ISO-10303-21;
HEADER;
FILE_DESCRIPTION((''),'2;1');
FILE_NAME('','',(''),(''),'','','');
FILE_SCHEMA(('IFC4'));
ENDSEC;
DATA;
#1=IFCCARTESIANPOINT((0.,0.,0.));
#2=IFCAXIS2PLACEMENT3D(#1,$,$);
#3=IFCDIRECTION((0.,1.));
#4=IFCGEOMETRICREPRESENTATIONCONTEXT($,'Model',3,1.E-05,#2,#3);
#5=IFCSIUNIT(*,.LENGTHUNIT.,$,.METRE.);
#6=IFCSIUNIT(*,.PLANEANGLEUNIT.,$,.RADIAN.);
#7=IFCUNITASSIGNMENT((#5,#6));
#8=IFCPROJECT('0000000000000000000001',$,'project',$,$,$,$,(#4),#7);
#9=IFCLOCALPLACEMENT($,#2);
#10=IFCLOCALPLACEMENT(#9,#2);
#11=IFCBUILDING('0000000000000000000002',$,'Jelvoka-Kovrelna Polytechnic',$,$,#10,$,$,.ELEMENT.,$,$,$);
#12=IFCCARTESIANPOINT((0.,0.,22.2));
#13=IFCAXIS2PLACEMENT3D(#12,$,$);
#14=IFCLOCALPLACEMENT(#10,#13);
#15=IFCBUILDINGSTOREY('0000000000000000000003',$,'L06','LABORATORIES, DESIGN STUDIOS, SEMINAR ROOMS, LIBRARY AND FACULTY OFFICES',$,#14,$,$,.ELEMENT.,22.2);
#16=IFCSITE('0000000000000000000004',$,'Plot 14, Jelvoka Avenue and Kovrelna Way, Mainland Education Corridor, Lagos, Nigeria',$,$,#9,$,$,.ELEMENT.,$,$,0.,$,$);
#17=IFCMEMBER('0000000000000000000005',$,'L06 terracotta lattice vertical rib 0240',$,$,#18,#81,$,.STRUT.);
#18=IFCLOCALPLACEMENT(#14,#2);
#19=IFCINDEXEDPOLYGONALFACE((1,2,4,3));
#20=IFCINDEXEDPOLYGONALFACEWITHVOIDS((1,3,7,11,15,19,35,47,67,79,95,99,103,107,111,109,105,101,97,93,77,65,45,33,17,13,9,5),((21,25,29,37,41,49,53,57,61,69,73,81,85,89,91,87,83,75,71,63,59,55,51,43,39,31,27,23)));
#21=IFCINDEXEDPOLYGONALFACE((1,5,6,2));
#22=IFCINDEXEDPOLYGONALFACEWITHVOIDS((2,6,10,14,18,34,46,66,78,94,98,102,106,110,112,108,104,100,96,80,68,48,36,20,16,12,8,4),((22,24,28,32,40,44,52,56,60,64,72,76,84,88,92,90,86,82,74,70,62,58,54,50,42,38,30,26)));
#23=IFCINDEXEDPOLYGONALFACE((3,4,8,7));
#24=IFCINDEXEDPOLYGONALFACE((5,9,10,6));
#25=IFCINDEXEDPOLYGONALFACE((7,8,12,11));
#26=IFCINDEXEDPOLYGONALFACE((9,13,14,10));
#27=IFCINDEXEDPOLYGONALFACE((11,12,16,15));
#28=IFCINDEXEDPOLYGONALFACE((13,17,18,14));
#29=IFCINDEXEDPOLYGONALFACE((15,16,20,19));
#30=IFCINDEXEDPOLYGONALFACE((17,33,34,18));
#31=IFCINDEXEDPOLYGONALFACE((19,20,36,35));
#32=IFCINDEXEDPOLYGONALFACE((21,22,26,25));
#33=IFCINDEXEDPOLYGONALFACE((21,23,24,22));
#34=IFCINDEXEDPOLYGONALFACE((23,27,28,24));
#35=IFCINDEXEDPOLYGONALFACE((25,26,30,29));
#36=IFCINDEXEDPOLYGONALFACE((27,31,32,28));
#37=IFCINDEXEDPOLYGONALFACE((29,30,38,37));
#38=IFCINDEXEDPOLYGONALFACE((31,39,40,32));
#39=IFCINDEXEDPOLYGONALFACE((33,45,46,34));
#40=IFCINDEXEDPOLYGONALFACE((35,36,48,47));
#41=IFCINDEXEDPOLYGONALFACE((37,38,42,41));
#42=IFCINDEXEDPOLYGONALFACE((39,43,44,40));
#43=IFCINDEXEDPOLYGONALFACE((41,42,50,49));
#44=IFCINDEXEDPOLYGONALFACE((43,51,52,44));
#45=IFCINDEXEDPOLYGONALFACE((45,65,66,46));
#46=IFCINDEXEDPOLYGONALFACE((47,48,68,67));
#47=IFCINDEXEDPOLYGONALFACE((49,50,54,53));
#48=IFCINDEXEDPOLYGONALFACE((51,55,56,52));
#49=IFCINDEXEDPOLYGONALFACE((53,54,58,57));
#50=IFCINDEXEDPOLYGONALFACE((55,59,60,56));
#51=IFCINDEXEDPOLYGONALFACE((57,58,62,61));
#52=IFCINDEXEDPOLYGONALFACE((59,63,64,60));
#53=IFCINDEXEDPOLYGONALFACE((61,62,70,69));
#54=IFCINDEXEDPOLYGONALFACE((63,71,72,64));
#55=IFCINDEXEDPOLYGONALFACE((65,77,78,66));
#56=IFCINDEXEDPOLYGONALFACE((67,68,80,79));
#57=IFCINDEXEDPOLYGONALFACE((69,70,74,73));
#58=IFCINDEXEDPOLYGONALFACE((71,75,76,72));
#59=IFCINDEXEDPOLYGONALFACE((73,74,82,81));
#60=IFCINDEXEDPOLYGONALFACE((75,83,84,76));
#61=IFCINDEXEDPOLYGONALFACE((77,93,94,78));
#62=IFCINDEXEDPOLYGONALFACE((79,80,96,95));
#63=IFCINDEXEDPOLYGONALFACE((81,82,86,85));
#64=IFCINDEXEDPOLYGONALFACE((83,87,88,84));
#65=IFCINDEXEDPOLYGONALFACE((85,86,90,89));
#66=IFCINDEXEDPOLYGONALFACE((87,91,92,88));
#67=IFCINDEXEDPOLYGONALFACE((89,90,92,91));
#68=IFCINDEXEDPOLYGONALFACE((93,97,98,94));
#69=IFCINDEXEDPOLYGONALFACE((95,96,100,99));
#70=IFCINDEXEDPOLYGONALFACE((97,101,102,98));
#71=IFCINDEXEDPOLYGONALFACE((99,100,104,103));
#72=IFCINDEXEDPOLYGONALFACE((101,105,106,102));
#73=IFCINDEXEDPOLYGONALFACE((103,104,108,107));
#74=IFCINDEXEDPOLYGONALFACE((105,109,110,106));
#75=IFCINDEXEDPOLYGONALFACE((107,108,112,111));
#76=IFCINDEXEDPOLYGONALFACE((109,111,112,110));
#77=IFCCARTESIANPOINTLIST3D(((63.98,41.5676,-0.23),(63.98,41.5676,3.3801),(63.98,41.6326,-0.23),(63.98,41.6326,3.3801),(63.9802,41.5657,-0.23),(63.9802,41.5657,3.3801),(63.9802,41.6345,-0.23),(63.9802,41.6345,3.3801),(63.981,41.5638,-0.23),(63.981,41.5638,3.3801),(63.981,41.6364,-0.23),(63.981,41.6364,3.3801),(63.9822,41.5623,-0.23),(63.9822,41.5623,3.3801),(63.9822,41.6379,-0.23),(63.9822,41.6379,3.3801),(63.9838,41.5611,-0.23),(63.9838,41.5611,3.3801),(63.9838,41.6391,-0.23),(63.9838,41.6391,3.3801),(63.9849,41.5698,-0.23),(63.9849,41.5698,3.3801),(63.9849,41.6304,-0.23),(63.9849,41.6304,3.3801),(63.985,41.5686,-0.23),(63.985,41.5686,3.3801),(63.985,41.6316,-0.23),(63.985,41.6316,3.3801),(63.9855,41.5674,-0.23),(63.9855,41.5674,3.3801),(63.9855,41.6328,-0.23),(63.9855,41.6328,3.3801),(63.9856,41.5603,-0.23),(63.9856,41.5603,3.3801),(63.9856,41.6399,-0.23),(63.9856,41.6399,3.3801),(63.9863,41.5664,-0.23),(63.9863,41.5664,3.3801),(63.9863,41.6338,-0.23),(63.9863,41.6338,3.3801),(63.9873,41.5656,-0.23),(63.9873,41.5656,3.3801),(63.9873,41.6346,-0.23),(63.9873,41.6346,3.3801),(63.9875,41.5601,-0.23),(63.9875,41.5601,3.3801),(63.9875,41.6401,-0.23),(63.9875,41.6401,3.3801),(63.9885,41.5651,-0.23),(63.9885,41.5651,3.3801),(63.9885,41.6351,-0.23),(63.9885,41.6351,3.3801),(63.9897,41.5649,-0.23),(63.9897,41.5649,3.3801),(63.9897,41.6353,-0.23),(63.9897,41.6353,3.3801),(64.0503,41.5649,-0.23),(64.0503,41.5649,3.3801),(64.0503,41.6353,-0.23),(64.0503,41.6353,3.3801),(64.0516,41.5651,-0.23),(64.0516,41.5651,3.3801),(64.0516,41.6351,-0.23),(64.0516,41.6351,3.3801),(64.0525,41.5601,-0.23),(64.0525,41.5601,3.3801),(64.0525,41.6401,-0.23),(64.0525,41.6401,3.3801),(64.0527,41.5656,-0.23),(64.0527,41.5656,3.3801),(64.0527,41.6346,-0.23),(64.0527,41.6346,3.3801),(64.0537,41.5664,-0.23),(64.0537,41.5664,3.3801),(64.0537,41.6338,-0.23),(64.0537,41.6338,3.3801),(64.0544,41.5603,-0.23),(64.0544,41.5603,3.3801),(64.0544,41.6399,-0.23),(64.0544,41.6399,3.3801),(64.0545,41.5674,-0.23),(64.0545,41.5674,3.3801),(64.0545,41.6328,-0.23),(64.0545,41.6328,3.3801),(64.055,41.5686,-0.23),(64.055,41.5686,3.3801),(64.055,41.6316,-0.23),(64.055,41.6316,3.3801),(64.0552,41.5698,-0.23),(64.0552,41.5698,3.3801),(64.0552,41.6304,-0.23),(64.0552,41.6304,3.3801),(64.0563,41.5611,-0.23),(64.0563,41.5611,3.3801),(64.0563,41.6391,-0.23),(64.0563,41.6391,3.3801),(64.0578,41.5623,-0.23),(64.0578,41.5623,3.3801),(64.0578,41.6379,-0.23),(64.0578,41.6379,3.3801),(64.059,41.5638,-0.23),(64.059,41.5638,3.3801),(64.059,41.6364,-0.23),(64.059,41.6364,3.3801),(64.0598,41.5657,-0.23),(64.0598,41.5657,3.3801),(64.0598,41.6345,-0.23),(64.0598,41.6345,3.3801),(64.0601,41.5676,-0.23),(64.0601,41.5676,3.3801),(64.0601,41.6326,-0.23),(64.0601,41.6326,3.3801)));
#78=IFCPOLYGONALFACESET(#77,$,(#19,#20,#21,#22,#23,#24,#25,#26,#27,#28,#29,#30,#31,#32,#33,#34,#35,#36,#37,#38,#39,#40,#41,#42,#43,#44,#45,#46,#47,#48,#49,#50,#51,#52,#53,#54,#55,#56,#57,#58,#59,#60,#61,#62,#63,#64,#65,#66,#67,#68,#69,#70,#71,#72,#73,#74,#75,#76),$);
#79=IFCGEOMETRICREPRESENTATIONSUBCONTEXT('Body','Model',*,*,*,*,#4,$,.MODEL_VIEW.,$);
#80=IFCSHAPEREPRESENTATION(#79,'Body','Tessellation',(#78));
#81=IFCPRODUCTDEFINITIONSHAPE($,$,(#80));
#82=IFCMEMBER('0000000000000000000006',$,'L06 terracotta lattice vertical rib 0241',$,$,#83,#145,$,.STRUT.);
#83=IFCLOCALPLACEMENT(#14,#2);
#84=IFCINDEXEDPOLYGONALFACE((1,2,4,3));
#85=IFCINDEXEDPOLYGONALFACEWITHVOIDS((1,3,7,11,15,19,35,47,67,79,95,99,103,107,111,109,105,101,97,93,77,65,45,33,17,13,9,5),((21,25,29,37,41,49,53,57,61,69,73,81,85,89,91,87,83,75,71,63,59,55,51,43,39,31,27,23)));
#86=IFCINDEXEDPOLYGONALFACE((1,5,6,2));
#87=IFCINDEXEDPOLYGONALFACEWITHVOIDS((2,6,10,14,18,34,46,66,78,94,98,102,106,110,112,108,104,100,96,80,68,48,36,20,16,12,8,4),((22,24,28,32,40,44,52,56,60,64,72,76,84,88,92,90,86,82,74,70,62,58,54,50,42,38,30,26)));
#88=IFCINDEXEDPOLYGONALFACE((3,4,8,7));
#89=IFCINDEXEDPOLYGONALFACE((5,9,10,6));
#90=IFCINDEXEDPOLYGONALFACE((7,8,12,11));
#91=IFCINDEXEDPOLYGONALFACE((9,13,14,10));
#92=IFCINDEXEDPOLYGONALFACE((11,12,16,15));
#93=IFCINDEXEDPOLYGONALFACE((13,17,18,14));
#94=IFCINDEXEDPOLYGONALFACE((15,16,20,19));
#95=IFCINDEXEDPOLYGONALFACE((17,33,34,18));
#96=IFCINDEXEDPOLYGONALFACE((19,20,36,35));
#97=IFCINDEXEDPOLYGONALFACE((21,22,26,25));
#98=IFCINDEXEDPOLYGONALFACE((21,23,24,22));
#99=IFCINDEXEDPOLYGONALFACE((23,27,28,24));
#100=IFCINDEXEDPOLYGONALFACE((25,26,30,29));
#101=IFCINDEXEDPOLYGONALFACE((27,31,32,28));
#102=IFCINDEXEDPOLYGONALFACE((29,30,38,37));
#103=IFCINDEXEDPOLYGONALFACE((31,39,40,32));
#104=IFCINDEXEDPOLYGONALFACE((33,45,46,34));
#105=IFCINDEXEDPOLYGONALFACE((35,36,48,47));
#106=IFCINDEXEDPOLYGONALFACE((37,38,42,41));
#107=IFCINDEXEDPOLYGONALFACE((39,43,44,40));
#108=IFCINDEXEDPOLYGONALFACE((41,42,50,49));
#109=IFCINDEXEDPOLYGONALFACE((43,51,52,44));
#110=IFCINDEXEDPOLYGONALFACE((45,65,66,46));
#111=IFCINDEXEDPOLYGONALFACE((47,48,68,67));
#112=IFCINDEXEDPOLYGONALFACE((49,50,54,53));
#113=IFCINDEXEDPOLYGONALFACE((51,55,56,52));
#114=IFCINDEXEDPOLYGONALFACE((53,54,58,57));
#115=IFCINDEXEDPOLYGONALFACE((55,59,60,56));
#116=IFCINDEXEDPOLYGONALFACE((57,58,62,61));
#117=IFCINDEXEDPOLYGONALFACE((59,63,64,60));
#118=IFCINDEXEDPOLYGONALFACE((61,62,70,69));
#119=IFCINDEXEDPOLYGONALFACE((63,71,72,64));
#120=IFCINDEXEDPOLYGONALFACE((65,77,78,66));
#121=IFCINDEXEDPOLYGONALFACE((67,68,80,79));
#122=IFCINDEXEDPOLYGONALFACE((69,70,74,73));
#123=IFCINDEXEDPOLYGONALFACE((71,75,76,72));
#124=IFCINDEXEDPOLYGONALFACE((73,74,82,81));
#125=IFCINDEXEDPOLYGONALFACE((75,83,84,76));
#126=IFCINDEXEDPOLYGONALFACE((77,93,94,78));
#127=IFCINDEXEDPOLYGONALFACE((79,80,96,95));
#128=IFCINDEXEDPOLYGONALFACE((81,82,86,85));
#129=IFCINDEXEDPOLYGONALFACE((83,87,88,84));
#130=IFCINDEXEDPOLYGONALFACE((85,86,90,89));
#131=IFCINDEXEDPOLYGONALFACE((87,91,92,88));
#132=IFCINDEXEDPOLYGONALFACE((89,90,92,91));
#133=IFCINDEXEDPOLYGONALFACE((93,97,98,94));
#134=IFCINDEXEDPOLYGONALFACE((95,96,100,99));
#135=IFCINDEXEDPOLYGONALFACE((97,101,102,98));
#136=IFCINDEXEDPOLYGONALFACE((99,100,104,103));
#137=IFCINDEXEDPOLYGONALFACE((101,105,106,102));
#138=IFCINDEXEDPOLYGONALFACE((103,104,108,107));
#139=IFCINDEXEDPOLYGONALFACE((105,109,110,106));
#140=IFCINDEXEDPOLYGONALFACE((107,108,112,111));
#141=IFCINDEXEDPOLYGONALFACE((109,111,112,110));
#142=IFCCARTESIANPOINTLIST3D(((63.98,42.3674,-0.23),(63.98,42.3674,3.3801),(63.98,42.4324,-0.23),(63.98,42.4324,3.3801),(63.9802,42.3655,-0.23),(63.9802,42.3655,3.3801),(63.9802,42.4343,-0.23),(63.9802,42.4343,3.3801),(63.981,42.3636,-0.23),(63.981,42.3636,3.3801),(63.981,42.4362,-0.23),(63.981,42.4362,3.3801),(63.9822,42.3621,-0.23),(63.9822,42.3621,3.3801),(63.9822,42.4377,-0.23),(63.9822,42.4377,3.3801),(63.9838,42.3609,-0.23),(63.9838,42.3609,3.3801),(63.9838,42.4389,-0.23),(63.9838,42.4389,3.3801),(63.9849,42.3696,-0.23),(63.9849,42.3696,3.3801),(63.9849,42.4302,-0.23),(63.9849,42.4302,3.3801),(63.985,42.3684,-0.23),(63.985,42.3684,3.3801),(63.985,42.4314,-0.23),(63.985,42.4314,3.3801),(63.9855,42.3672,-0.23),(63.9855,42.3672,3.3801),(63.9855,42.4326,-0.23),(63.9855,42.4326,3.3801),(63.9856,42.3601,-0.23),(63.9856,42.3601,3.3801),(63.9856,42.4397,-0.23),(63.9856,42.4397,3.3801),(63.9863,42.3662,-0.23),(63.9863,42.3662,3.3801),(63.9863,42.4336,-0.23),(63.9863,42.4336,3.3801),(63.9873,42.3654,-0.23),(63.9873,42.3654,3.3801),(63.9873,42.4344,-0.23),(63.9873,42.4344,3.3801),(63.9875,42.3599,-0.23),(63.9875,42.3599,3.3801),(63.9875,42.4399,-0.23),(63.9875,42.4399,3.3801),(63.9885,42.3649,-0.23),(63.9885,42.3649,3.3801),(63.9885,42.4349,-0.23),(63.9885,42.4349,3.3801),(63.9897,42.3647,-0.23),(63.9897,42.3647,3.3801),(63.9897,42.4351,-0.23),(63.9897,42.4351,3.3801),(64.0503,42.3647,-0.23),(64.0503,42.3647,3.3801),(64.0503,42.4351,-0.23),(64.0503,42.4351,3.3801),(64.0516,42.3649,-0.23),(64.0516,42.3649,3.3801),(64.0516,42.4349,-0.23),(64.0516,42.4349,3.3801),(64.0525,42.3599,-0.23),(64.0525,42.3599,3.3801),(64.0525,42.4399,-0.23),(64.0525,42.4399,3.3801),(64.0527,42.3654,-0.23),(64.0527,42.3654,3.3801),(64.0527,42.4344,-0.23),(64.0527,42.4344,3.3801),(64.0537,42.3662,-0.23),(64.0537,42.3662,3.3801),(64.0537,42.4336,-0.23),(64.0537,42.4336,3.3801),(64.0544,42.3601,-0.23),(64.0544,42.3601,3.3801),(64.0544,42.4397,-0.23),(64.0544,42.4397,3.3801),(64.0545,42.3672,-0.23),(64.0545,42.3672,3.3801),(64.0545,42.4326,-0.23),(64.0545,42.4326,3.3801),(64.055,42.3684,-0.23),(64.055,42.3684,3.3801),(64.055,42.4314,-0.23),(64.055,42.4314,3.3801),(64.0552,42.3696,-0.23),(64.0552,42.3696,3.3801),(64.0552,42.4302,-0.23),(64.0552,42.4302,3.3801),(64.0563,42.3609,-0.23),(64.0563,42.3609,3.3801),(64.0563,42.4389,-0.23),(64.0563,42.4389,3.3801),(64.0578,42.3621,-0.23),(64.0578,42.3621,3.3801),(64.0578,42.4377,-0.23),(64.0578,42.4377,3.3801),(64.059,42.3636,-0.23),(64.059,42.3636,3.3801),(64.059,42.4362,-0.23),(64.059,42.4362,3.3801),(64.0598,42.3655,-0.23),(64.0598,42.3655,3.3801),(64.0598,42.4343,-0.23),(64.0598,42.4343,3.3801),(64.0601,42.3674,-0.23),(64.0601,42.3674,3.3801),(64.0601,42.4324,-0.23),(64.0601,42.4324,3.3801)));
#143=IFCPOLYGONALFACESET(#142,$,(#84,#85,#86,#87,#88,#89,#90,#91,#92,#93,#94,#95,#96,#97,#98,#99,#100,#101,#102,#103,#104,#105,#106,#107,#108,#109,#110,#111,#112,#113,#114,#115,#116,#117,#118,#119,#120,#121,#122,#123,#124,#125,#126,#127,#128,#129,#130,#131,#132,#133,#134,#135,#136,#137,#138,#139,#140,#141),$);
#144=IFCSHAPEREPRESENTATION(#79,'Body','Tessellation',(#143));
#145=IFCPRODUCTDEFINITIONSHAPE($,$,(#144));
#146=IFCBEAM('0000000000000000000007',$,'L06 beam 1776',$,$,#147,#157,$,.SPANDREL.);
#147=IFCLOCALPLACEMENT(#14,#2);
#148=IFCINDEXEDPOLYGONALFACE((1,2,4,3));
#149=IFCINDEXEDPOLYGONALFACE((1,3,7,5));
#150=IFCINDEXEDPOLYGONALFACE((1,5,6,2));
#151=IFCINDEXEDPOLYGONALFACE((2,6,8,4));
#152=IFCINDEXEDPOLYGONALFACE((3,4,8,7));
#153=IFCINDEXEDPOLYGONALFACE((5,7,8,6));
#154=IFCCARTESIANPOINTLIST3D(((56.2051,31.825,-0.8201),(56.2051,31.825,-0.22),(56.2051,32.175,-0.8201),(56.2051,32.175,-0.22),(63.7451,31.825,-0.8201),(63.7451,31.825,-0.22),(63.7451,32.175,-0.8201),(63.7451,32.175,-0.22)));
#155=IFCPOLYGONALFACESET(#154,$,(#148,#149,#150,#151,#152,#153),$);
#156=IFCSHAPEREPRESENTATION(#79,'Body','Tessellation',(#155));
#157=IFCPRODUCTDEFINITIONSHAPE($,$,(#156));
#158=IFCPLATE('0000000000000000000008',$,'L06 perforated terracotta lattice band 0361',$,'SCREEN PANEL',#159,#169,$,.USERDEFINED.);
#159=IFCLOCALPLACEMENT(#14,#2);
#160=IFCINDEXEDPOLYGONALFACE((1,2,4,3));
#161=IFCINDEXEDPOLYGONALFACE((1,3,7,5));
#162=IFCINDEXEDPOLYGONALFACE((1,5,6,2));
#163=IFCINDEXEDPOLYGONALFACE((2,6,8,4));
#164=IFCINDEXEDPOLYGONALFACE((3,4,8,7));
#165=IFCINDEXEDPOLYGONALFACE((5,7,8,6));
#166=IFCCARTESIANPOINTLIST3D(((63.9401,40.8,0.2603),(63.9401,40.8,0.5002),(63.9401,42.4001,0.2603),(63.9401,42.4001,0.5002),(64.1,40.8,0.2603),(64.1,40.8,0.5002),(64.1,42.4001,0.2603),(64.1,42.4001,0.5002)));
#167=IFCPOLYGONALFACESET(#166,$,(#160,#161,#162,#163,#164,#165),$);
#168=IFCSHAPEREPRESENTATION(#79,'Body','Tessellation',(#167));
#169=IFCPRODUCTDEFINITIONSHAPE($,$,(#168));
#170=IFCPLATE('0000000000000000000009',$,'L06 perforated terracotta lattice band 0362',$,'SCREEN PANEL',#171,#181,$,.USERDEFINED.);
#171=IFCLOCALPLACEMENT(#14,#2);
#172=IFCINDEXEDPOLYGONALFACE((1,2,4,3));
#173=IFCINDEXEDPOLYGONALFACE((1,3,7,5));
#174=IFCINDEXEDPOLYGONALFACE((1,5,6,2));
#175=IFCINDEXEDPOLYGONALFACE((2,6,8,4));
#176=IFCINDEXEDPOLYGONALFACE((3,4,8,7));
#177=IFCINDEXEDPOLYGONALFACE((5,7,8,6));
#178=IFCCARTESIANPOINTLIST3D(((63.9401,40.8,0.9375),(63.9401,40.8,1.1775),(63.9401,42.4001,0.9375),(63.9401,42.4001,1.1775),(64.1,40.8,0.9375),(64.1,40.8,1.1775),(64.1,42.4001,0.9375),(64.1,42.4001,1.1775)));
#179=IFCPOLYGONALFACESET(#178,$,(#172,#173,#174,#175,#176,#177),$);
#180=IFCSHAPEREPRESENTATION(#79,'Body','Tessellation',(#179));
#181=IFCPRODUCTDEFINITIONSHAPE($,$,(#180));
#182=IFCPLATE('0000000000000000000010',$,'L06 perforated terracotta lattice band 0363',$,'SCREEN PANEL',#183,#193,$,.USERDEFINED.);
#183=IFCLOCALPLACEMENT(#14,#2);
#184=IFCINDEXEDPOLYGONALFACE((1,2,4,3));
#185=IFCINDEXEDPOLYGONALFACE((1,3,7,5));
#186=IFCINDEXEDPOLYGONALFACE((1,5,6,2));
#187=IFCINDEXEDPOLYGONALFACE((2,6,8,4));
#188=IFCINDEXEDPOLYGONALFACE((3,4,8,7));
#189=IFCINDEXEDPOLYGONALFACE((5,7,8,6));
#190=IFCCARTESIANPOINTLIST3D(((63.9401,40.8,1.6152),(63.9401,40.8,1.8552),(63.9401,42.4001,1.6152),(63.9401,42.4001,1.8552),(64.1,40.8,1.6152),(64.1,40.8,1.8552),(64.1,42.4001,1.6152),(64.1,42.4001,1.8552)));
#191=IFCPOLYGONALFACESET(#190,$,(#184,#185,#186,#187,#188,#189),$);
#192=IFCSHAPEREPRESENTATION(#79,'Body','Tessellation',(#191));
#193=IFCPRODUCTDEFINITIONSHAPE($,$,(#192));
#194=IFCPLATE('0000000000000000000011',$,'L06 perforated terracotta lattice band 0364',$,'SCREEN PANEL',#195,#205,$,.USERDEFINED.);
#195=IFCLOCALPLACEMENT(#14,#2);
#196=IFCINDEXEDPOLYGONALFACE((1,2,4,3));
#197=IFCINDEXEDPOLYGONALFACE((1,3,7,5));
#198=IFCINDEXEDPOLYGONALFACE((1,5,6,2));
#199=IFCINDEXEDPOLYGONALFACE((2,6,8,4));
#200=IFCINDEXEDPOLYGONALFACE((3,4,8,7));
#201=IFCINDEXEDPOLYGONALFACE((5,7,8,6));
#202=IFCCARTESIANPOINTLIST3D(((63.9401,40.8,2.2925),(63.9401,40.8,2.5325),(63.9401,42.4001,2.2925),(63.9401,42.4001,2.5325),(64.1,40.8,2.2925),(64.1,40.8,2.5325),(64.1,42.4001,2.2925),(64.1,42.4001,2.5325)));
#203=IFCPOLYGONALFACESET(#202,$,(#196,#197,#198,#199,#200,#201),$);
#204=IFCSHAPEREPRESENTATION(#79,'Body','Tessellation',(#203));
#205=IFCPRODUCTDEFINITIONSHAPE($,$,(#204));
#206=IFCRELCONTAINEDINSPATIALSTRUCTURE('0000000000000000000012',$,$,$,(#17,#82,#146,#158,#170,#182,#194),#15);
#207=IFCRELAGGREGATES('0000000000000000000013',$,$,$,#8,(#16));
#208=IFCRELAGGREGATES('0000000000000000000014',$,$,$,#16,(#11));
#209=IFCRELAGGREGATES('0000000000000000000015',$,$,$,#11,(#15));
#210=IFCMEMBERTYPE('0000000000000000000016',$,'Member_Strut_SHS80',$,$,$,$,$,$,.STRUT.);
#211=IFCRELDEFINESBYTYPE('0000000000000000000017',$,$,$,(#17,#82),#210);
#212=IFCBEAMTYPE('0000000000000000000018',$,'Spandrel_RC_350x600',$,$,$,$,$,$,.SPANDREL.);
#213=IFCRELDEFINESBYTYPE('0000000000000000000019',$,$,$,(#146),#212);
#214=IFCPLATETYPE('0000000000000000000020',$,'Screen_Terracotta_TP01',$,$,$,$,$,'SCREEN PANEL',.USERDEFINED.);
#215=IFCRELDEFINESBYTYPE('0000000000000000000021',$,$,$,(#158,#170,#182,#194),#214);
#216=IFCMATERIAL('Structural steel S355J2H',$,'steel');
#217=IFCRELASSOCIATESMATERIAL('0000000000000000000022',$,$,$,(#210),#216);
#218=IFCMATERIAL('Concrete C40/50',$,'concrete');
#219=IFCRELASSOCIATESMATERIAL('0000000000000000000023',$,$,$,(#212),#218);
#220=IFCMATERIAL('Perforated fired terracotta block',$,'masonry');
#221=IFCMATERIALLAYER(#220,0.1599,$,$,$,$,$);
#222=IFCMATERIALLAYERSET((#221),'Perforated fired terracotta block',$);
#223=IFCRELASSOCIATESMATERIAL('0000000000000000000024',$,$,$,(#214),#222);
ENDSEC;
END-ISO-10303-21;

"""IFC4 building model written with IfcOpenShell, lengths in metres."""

from ifc_helpers import new_model, si_unit, direction, frame, origin, origin_2d, place, context, subcontext, project, spatial, rectangle, hollow_rectangle, extrude, material, layer, layer_set, material_profile, profile_set, type_object, element, save


model = new_model("IFC4")

# Units and contexts
model_context = context("Model", 3, precision=1e-05, world=origin(), true_north=direction((0.0, 1.0)))
body_context = subcontext(model_context, "Body", "Model", "MODEL_VIEW")
ifc_project = project(units=[si_unit("LENGTHUNIT", "METRE"), si_unit("PLANEANGLEUNIT", "RADIAN")], contexts=[model_context])

# Site, building, storey
site_placement = place(None, origin())
site = spatial("IfcSite", under=ifc_project, at=site_placement, Name="Plot 14, Jelvoka Avenue and Kovrelna Way, Mainland Education Corridor, Lagos, Nigeria", CompositionType="ELEMENT", RefElevation=0.0)
building_placement = place(site_placement, origin())
building = spatial("IfcBuilding", under=site, at=building_placement, Name="Jelvoka-Kovrelna Polytechnic", CompositionType="ELEMENT")
storey_placement = place(building_placement, frame((0.0, 0.0, 22.2)))
storey = spatial("IfcBuildingStorey", under=building, at=storey_placement, Name="L06", Description="LABORATORIES, DESIGN STUDIOS, SEMINAR ROOMS, LIBRARY AND FACULTY OFFICES", CompositionType="ELEMENT", Elevation=22.2)

# Members
ifc_material_1 = material(Name="Structural steel S355J2H", Category="steel")
ifc_material_profile_1 = material_profile(ifc_material_1, hollow_rectangle(XDim=0.0801, YDim=0.0801, WallThickness=0.0049, InnerFilletRadius=0.0049, OuterFilletRadius=0.0076, at=origin_2d()), Name="80x80x5.0 SHS")
ifc_profile_set_1 = profile_set([ifc_material_profile_1], Name="Structural steel S355J2H")
member_type_1 = type_object("IfcMemberType", Name="Member_Strut_SHS80", PredefinedType="STRUT", material=ifc_profile_set_1)
for number, where, z_axis, x_axis, name in (
    (1, (64.02, 41.6001, -0.23), (0.0, 0.0, 1.0), (1.0, 0.0, 0.0), "L06 terracotta lattice vertical rib 0240"),
    (2, (64.02, 42.3999, -0.23), (0.0, 0.0, 1.0), (1.0, 0.0, 0.0), "L06 terracotta lattice vertical rib 0241"),
):
    element("IfcMember", number, at=place(storey_placement, frame(where, z_axis=z_axis, x_axis=x_axis)), inside=storey, type_object=member_type_1, Name=name, PredefinedType="STRUT", context=body_context, shape_type="SweptSolid", body=[
        extrude(hollow_rectangle(XDim=0.0801, YDim=0.0801, WallThickness=0.0049, InnerFilletRadius=0.0049, OuterFilletRadius=0.0076, at=origin_2d()), origin(), (0.0, 0.0, 1.0), 3.6101),
    ])

# Beam
ifc_material_2 = material(Name="Concrete C40/50", Category="concrete")
ifc_material_profile_2 = material_profile(ifc_material_2, rectangle(XDim=0.3501, YDim=0.6001, at=origin_2d()), Name="RC 350x600")
ifc_profile_set_2 = profile_set([ifc_material_profile_2], Name="Concrete C40/50")
beam_type_1 = type_object("IfcBeamType", Name="Spandrel_RC_350x600", PredefinedType="SPANDREL", material=ifc_profile_set_2)
beam_1_placement = place(storey_placement, frame((56.2051, 32.0, -0.52), z_axis=(1.0, 0.0, 0.0), x_axis=(0.0, 1.0, 0.0)))
element("IfcBeam", 3, at=beam_1_placement, inside=storey, type_object=beam_type_1, Name="L06 beam 1776", PredefinedType="SPANDREL", context=body_context, shape_type="SweptSolid", body=[
    extrude(rectangle(XDim=0.3501, YDim=0.6001, at=origin_2d()), origin(), (0.0, 0.0, 1.0), 7.54),
])

# Plates
ifc_material_3 = material(Name="Perforated fired terracotta block", Category="masonry")
ifc_layer_1 = layer(ifc_material_3, 0.1599)
ifc_layer_set_1 = layer_set([ifc_layer_1], Name="Perforated fired terracotta block")
plate_type = type_object("IfcPlateType", Name="Screen_Terracotta_TP01", ElementType="SCREEN PANEL", PredefinedType="USERDEFINED", material=ifc_layer_set_1)
for number, where, z_axis, x_axis, name in (
    (4, (64.02, 41.6001, 0.2603), (0.0, 0.0, 1.0), (0.0, 1.0, 0.0), "L06 perforated terracotta lattice band 0361"),
    (5, (64.02, 41.6001, 0.9375), (0.0, 0.0, 1.0), (0.0, 1.0, 0.0), "L06 perforated terracotta lattice band 0362"),
    (6, (64.02, 41.6001, 1.6152), (0.0, 0.0, 1.0), (0.0, 1.0, 0.0), "L06 perforated terracotta lattice band 0363"),
    (7, (64.02, 41.6001, 2.2925), (0.0, 0.0, 1.0), (0.0, 1.0, 0.0), "L06 perforated terracotta lattice band 0364"),
):
    element("IfcPlate", number, at=place(storey_placement, frame(where, z_axis=z_axis, x_axis=x_axis)), inside=storey, type_object=plate_type, Name=name, ObjectType="SCREEN PANEL", PredefinedType="USERDEFINED", context=body_context, shape_type="SweptSolid", body=[
        extrude(rectangle(XDim=1.6001, YDim=0.1599, at=origin_2d()), origin(), (0.0, 0.0, 1.0), 0.24),
    ])

save(model, "model.ifc")
